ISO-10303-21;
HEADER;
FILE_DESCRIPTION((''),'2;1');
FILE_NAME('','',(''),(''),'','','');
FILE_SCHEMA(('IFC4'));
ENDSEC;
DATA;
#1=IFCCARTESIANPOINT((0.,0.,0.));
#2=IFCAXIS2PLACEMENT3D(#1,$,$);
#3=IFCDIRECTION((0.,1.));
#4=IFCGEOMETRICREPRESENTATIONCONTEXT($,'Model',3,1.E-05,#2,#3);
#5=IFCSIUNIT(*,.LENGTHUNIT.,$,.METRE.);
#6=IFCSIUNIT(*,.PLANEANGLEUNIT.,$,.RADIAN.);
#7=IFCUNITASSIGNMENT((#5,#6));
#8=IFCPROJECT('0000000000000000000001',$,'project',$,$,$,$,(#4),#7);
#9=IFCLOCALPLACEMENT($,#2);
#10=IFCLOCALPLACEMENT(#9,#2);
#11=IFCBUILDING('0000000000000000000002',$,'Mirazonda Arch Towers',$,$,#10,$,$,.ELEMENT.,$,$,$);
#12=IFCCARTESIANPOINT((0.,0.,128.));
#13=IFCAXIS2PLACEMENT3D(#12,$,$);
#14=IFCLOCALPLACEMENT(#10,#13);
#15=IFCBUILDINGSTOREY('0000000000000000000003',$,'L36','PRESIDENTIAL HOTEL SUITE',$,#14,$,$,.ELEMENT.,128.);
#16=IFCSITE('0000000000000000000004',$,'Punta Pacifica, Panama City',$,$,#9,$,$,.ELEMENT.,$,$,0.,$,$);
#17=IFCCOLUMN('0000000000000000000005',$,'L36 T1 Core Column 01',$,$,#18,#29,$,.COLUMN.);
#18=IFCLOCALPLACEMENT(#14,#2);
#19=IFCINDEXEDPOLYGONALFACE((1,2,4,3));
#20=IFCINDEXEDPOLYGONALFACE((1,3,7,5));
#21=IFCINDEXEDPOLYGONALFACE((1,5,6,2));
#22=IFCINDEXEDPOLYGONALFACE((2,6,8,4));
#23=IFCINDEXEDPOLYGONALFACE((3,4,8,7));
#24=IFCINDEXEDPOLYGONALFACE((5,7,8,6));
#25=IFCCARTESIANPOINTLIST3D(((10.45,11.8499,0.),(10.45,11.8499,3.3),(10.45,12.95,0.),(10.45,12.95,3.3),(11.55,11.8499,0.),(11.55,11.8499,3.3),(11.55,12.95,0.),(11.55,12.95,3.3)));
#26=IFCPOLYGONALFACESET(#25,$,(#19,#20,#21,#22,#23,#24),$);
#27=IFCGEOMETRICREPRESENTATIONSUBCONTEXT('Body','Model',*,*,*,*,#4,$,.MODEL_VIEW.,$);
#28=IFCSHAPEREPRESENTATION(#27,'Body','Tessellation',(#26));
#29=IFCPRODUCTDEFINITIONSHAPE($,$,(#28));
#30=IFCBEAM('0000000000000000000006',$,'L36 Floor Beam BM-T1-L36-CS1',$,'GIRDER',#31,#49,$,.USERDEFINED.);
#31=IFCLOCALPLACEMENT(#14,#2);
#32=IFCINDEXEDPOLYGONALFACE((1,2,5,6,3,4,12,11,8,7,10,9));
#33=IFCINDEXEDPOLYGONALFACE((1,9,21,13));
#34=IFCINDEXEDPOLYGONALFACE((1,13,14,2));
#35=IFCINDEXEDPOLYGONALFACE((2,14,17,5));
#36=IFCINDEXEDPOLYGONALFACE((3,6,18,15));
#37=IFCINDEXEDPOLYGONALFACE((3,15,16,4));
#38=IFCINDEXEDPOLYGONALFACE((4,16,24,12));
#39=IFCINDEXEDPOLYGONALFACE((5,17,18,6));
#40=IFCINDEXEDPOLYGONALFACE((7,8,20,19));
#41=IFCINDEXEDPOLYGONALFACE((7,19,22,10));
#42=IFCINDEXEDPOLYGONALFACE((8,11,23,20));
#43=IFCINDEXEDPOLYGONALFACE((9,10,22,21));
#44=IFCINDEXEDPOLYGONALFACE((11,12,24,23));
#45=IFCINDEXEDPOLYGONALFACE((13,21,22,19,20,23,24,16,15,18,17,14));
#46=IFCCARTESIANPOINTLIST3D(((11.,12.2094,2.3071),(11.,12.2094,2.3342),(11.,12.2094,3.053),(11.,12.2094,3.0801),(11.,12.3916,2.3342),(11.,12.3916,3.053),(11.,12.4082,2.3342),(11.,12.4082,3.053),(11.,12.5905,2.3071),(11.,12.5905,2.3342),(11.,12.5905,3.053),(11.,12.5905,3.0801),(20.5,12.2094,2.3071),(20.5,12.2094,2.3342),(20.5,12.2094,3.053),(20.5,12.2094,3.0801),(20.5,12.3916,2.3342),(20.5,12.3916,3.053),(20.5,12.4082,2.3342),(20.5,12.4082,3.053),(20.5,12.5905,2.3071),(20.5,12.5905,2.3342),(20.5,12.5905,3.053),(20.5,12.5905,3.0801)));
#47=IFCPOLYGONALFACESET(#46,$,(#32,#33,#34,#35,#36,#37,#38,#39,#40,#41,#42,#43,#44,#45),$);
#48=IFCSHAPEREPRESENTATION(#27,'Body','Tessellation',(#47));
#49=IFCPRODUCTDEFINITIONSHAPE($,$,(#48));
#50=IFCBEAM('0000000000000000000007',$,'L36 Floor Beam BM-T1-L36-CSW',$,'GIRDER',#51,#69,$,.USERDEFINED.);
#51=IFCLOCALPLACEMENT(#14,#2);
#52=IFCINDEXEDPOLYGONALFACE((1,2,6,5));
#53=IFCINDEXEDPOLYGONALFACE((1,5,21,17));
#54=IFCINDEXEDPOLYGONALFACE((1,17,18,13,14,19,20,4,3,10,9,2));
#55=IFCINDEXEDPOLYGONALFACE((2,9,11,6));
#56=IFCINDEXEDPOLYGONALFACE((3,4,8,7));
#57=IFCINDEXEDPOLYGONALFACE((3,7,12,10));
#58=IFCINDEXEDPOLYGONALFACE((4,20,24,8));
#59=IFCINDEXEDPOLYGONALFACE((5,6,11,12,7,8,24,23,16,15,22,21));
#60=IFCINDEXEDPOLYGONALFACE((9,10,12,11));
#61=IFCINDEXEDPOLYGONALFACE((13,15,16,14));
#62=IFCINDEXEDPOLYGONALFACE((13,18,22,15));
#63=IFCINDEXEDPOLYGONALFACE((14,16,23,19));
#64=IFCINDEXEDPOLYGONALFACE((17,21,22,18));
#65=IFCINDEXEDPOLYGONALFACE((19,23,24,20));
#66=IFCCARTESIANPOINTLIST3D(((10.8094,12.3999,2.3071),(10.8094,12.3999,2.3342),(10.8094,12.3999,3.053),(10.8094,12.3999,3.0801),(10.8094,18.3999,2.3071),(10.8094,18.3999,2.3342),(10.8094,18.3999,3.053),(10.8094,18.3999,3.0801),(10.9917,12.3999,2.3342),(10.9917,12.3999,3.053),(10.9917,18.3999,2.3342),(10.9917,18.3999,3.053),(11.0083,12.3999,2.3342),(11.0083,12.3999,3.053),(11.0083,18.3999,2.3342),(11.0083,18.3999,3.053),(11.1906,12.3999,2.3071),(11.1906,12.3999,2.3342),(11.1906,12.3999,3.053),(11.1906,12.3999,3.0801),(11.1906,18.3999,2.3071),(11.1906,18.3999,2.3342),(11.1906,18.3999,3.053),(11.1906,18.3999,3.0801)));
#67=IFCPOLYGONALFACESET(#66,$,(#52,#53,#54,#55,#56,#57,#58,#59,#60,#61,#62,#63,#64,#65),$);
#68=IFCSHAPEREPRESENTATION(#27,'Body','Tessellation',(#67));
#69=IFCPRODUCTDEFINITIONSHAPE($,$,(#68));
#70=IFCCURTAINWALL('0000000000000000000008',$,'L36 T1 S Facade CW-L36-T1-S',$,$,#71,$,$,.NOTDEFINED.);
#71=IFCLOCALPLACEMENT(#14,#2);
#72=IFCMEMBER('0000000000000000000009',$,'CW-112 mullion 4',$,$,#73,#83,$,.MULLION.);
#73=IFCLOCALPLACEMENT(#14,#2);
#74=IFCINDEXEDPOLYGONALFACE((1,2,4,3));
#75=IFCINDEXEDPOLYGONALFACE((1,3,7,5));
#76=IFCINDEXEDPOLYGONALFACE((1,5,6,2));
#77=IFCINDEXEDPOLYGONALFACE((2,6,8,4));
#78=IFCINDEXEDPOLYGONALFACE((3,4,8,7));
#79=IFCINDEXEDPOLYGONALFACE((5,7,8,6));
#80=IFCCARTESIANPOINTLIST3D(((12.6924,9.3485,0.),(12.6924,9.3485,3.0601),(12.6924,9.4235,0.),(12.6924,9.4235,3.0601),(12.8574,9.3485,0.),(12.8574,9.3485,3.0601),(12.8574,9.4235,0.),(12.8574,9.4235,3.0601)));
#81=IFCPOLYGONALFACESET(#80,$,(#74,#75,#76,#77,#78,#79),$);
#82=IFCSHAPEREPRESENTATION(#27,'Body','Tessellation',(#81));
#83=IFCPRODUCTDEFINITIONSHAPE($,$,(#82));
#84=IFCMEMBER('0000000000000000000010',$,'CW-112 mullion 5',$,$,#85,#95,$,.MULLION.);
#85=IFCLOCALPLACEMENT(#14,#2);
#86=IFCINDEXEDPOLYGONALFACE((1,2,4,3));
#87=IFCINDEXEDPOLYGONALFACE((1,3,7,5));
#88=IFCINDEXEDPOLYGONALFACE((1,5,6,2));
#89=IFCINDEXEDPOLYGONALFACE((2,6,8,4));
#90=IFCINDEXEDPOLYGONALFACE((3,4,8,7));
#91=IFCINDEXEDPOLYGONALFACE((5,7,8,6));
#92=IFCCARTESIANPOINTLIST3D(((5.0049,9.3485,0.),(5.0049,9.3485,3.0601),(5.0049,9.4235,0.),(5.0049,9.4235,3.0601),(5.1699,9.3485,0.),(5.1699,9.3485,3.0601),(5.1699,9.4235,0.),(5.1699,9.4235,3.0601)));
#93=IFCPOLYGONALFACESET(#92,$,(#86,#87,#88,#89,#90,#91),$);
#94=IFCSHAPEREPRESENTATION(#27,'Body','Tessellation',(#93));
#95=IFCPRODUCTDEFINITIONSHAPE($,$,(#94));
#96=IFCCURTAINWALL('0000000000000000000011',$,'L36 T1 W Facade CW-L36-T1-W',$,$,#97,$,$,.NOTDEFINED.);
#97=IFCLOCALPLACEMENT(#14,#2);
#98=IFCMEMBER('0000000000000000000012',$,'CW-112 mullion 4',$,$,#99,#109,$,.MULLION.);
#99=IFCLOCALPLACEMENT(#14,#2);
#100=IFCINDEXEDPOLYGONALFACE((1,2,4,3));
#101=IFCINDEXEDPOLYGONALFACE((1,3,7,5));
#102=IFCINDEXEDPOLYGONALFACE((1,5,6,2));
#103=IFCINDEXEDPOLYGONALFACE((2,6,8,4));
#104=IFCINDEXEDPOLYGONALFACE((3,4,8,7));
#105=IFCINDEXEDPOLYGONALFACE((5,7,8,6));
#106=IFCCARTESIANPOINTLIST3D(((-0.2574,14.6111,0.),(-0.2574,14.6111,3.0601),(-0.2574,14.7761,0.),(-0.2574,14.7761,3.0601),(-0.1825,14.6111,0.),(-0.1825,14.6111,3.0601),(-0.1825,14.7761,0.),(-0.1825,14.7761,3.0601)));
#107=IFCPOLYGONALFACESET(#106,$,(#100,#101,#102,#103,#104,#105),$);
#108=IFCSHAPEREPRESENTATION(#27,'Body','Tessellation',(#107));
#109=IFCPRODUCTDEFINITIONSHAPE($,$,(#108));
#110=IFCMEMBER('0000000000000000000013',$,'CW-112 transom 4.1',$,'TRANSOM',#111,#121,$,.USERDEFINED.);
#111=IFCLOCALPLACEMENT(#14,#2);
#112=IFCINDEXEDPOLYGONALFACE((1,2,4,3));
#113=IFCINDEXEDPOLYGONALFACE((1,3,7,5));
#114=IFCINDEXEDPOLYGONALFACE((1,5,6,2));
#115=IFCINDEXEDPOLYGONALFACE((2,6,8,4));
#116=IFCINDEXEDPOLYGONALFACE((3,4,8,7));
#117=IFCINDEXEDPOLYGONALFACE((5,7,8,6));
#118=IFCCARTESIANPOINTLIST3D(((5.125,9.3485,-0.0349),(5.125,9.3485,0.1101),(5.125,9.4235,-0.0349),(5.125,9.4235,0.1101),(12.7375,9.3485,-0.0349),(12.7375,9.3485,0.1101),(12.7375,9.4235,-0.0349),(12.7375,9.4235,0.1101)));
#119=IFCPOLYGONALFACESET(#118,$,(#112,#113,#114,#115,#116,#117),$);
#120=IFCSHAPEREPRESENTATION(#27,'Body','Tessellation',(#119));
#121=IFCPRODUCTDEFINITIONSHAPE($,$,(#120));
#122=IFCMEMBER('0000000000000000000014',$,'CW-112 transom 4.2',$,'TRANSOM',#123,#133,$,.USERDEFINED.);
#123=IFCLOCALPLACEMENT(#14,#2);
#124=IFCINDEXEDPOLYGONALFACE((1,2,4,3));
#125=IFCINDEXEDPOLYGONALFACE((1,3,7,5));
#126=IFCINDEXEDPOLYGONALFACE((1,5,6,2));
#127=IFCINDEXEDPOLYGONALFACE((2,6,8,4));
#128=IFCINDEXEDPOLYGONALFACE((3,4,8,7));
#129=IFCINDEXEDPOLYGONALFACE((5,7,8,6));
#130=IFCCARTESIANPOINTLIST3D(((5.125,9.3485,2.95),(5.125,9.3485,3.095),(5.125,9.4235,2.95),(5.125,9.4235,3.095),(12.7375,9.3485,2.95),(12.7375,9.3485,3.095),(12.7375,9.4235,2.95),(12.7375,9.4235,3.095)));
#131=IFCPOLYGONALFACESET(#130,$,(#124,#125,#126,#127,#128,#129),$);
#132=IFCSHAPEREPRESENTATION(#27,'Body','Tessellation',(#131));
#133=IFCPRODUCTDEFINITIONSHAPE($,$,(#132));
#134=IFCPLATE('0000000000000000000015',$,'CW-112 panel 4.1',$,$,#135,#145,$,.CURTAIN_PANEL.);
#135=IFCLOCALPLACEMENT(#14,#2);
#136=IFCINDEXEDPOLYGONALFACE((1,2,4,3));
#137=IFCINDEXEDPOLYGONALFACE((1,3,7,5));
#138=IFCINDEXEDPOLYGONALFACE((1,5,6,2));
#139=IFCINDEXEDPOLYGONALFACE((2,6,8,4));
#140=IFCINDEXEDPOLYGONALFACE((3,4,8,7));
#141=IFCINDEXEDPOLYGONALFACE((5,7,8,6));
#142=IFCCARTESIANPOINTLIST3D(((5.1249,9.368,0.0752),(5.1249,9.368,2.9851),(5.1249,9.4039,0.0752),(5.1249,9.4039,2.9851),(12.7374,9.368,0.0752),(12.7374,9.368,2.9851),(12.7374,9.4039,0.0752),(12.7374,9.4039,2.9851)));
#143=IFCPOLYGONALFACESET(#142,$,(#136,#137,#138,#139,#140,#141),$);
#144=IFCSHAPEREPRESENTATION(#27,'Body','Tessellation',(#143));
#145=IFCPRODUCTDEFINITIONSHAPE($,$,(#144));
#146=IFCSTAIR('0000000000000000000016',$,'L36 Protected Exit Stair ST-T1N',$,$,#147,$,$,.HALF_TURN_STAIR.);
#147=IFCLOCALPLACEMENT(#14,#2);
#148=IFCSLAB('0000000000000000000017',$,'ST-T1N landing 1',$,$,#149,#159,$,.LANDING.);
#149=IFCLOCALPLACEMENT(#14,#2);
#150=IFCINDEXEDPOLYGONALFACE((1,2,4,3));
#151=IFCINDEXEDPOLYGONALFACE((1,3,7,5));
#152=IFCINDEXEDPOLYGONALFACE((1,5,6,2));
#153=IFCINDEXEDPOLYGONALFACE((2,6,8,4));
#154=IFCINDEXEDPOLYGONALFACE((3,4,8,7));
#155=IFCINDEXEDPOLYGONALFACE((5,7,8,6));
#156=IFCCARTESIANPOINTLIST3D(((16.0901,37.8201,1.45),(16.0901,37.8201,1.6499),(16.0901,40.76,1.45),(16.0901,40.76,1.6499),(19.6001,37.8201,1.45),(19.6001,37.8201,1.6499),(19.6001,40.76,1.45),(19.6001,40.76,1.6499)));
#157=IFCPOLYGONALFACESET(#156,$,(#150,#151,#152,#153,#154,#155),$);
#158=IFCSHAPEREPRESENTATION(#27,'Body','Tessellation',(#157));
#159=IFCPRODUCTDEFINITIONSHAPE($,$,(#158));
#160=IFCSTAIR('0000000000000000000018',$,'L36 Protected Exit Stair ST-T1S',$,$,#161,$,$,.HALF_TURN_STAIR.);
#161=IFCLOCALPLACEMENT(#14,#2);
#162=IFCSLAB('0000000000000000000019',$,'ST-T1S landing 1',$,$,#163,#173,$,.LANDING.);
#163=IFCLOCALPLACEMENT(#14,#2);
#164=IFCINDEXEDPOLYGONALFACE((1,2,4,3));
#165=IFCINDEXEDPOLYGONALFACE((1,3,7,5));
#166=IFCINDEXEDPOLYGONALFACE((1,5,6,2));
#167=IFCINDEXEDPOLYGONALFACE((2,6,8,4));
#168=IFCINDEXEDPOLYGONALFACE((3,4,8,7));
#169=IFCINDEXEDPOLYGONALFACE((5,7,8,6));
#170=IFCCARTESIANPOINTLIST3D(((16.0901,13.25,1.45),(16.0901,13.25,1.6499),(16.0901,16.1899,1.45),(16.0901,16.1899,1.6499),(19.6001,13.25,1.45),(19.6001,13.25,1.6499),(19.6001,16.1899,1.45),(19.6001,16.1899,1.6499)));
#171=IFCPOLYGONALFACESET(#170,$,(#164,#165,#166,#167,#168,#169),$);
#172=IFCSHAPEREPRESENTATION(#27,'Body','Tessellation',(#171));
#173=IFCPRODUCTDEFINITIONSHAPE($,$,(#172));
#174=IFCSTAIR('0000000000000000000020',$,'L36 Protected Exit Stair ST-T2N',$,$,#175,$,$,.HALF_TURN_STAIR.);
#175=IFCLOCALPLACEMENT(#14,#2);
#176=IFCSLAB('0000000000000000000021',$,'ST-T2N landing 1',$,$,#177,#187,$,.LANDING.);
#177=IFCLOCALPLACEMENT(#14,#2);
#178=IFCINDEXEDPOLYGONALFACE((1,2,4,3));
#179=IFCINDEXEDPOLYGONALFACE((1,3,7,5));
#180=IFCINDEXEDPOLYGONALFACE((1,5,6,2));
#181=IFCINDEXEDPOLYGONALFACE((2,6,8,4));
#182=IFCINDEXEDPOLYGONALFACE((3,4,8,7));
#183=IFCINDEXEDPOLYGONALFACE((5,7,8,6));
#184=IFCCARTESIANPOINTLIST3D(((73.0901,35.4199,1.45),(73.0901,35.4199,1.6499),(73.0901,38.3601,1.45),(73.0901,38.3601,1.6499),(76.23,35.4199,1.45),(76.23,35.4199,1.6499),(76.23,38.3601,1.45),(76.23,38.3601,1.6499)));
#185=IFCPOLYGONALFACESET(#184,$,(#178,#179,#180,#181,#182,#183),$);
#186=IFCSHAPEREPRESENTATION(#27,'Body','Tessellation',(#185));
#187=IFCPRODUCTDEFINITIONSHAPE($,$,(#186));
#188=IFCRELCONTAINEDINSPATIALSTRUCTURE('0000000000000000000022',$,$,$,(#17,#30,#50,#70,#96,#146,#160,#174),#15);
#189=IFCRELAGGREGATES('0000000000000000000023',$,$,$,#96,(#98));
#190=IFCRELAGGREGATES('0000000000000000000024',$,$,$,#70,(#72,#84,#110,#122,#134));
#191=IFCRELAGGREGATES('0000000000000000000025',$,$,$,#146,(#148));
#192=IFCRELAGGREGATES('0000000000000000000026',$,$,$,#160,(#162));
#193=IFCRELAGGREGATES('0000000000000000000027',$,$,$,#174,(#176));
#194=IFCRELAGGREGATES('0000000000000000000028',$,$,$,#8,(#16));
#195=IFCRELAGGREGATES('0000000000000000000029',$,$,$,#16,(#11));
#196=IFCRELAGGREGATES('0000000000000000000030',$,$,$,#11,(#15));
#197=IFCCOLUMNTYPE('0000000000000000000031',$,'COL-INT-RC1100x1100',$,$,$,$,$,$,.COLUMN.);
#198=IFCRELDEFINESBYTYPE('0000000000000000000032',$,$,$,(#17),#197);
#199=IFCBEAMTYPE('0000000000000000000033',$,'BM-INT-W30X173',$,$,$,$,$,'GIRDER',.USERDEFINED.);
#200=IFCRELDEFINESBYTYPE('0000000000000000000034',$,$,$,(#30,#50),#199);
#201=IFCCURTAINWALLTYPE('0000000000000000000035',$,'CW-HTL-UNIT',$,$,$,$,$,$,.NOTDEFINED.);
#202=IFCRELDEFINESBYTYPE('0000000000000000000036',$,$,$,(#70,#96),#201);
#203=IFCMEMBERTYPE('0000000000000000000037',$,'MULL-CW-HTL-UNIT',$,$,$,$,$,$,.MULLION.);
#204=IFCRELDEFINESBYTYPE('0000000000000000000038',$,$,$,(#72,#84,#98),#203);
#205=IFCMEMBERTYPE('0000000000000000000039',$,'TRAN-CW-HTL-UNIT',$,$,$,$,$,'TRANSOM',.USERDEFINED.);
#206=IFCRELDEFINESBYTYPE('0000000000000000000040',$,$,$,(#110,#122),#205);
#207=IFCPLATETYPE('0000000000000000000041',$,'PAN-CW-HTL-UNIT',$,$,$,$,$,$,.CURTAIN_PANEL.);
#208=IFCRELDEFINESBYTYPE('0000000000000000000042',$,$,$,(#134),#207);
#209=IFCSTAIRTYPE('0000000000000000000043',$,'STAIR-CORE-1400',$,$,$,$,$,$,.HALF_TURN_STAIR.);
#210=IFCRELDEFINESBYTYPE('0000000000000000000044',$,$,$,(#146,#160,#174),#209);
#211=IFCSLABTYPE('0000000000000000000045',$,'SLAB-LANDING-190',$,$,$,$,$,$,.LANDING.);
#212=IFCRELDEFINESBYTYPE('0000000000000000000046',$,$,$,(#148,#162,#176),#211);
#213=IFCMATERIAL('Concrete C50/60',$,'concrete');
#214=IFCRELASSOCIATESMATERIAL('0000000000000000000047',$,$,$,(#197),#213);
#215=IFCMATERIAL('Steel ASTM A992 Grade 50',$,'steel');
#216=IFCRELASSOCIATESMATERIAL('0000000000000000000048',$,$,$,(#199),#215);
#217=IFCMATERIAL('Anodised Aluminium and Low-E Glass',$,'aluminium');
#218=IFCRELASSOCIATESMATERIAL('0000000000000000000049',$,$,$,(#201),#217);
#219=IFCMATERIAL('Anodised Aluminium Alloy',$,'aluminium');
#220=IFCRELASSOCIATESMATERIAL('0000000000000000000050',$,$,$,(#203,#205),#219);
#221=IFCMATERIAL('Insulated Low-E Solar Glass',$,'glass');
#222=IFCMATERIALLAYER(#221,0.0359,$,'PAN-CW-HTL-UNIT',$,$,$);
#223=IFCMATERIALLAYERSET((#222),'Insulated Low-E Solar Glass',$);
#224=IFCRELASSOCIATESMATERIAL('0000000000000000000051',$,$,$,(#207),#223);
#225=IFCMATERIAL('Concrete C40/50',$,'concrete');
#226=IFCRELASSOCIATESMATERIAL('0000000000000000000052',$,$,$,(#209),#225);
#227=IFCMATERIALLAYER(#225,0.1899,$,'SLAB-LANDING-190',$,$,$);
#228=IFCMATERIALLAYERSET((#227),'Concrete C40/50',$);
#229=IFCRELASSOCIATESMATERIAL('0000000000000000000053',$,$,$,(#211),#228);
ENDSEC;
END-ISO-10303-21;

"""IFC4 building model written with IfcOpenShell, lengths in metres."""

from ifc_helpers import new_model, si_unit, direction, frame, origin, origin_2d, place, context, subcontext, project, spatial, polyline, rectangle, i_section, outline, extrude, material, layer, layer_set, material_profile, profile_set, type_object, element, aggregate, save


model = new_model("IFC4")

# Units and contexts
model_context = context("Model", 3, precision=1e-05, world=origin(), true_north=direction((0.0, 1.0)))
body_context = subcontext(model_context, "Body", "Model", "MODEL_VIEW")
ifc_project = project(units=[si_unit("LENGTHUNIT", "METRE"), si_unit("PLANEANGLEUNIT", "RADIAN")], contexts=[model_context])

# Site, building, storey
site_placement = place(None, origin())
site = spatial("IfcSite", under=ifc_project, at=site_placement, Name="Punta Pacifica, Panama City", CompositionType="ELEMENT", RefElevation=0.0)
building_placement = place(site_placement, origin())
building = spatial("IfcBuilding", under=site, at=building_placement, Name="Mirazonda Arch Towers", CompositionType="ELEMENT")
storey_placement = place(building_placement, frame((0.0, 0.0, 128.0)))
storey = spatial("IfcBuildingStorey", under=building, at=storey_placement, Name="L36", Description="PRESIDENTIAL HOTEL SUITE", CompositionType="ELEMENT", Elevation=128.0)

# Column
ifc_material_1 = material(Name="Concrete C50/60", Category="concrete")
ifc_material_profile_1 = material_profile(ifc_material_1, rectangle(XDim=1.1001, YDim=1.1001, at=origin_2d()), Name="RC1100x1100")
ifc_profile_set_1 = profile_set([ifc_material_profile_1], Name="Concrete C50/60")
column_type = type_object("IfcColumnType", Name="COL-INT-RC1100x1100", PredefinedType="COLUMN", material=ifc_profile_set_1)
column_placement = place(storey_placement, frame((11.0, 12.3999, 0.0), z_axis=(0.0, 0.0, 1.0), x_axis=(1.0, 0.0, 0.0)))
element("IfcColumn", 1, at=column_placement, inside=storey, type_object=column_type, Name="L36 T1 Core Column 01", PredefinedType="COLUMN", context=body_context, shape_type="SweptSolid", body=[
    extrude(rectangle(XDim=1.1001, YDim=1.1001, at=origin_2d()), origin(), (0.0, 0.0, 1.0), 3.3),
])

# Beams
ifc_material_2 = material(Name="Steel ASTM A992 Grade 50", Category="steel")
ifc_material_profile_2 = material_profile(ifc_material_2, i_section(OverallWidth=0.3811, OverallDepth=0.7729, WebThickness=0.0166, FlangeThickness=0.0271, at=origin_2d()), Name="W30X173")
ifc_profile_set_2 = profile_set([ifc_material_profile_2], Name="Steel ASTM A992 Grade 50")
beam_type = type_object("IfcBeamType", Name="BM-INT-W30X173", ElementType="GIRDER", PredefinedType="USERDEFINED", material=ifc_profile_set_2)
beam_1_placement = place(storey_placement, frame((11.0, 12.3999, 2.6936), z_axis=(1.0, 0.0, 0.0), x_axis=(0.0, 1.0, 0.0)))
element("IfcBeam", 2, at=beam_1_placement, inside=storey, type_object=beam_type, Name="L36 Floor Beam BM-T1-L36-CS1", ObjectType="GIRDER", PredefinedType="USERDEFINED", context=body_context, shape_type="SweptSolid", body=[
    extrude(i_section(OverallWidth=0.3811, OverallDepth=0.7729, WebThickness=0.0166, FlangeThickness=0.0271, at=origin_2d()), origin(), (0.0, 0.0, 1.0), 9.5),
])
beam_2_placement = place(storey_placement, frame((11.0, 12.3999, 2.6936), z_axis=(0.0, 1.0, 0.0), x_axis=(-1.0, 0.0, 0.0)))
element("IfcBeam", 3, at=beam_2_placement, inside=storey, type_object=beam_type, Name="L36 Floor Beam BM-T1-L36-CSW", ObjectType="GIRDER", PredefinedType="USERDEFINED", context=body_context, shape_type="SweptSolid", body=[
    extrude(i_section(OverallWidth=0.3811, OverallDepth=0.7729, WebThickness=0.0166, FlangeThickness=0.0271, at=origin_2d()), origin(), (0.0, 0.0, 1.0), 6.0),
])

# Curtain wall, members
ifc_material_3 = material(Name="Anodised Aluminium and Low-E Glass", Category="aluminium")
curtain_wall_type = type_object("IfcCurtainWallType", Name="CW-HTL-UNIT", PredefinedType="NOTDEFINED", material=ifc_material_3)
curtain_wall_1_placement = place(storey_placement, origin())
curtain_wall_1 = element("IfcCurtainWall", 4, at=curtain_wall_1_placement, inside=storey, type_object=curtain_wall_type, Name="L36 T1 S Facade CW-L36-T1-S", PredefinedType="NOTDEFINED")
ifc_material_4 = material(Name="Anodised Aluminium Alloy", Category="aluminium")
ifc_material_profile_3 = material_profile(ifc_material_4, rectangle(XDim=0.075, YDim=0.165, at=origin_2d()), Name="ALU-MULL-75x165")
ifc_profile_set_3 = profile_set([ifc_material_profile_3], Name="Anodised Aluminium Alloy")
member_type_1 = type_object("IfcMemberType", Name="MULL-CW-HTL-UNIT", PredefinedType="MULLION", material=ifc_profile_set_3)
member_1_placement = place(storey_placement, frame((12.7749, 9.386, 0.0), z_axis=(0.0, 0.0, 1.0), x_axis=(0.0, -1.0, 0.0)))
member_1 = element("IfcMember", 5, at=member_1_placement, type_object=member_type_1, Name="CW-112 mullion 4", PredefinedType="MULLION", context=body_context, shape_type="SweptSolid", body=[
    extrude(rectangle(XDim=0.075, YDim=0.165, at=origin_2d()), origin(), (0.0, 0.0, 1.0), 3.0601),
])
member_2_placement = place(storey_placement, frame((5.0874, 9.386, 0.0), z_axis=(0.0, 0.0, 1.0), x_axis=(0.0, -1.0, 0.0)))
member_2 = element("IfcMember", 6, at=member_2_placement, type_object=member_type_1, Name="CW-112 mullion 5", PredefinedType="MULLION", context=body_context, shape_type="SweptSolid", body=[
    extrude(rectangle(XDim=0.075, YDim=0.165, at=origin_2d()), origin(), (0.0, 0.0, 1.0), 3.0601),
])

# Curtain wall, member
curtain_wall_2_placement = place(storey_placement, origin())
curtain_wall_2 = element("IfcCurtainWall", 7, at=curtain_wall_2_placement, inside=storey, type_object=curtain_wall_type, Name="L36 T1 W Facade CW-L36-T1-W", PredefinedType="NOTDEFINED")
member_3_placement = place(storey_placement, frame((-0.22, 14.6936, 0.0), z_axis=(0.0, 0.0, 1.0), x_axis=(1.0, 0.0, 0.0)))
member_3 = element("IfcMember", 8, at=member_3_placement, type_object=member_type_1, Name="CW-112 mullion 4", PredefinedType="MULLION", context=body_context, shape_type="SweptSolid", body=[
    extrude(rectangle(XDim=0.075, YDim=0.165, at=origin_2d()), origin(), (0.0, 0.0, 1.0), 3.0601),
])
aggregate(curtain_wall_2, [member_3])

# Members
ifc_material_profile_4 = material_profile(ifc_material_4, rectangle(XDim=0.075, YDim=0.145, at=origin_2d()), Name="ALU-TRAN-75x145")
ifc_profile_set_4 = profile_set([ifc_material_profile_4], Name="Anodised Aluminium Alloy")
member_type_2 = type_object("IfcMemberType", Name="TRAN-CW-HTL-UNIT", ElementType="TRANSOM", PredefinedType="USERDEFINED", material=ifc_profile_set_4)
member_4_placement = place(storey_placement, frame((12.7375, 9.386, 0.0376), z_axis=(-1.0, 0.0, 0.0), x_axis=(0.0, -1.0, 0.0)))
member_4 = element("IfcMember", 9, at=member_4_placement, type_object=member_type_2, Name="CW-112 transom 4.1", ObjectType="TRANSOM", PredefinedType="USERDEFINED", context=body_context, shape_type="SweptSolid", body=[
    extrude(rectangle(XDim=0.075, YDim=0.145, at=origin_2d()), origin(), (0.0, 0.0, 1.0), 7.6125),
])
member_5_placement = place(storey_placement, frame((12.7375, 9.386, 3.0225), z_axis=(-1.0, 0.0, 0.0), x_axis=(0.0, -1.0, 0.0)))
member_5 = element("IfcMember", 10, at=member_5_placement, type_object=member_type_2, Name="CW-112 transom 4.2", ObjectType="TRANSOM", PredefinedType="USERDEFINED", context=body_context, shape_type="SweptSolid", body=[
    extrude(rectangle(XDim=0.075, YDim=0.145, at=origin_2d()), origin(), (0.0, 0.0, 1.0), 7.6125),
])

# Plate
ifc_material_5 = material(Name="Insulated Low-E Solar Glass", Category="glass")
ifc_layer_1 = layer(ifc_material_5, 0.0359, Name="PAN-CW-HTL-UNIT")
ifc_layer_set_1 = layer_set([ifc_layer_1], Name="Insulated Low-E Solar Glass")
plate_type = type_object("IfcPlateType", Name="PAN-CW-HTL-UNIT", PredefinedType="CURTAIN_PANEL", material=ifc_layer_set_1)
plate_placement = place(storey_placement, frame((8.9312, 9.386, 0.0752), z_axis=(0.0, 0.0, 1.0), x_axis=(-1.0, 0.0, 0.0)))
plate = element("IfcPlate", 11, at=plate_placement, type_object=plate_type, Name="CW-112 panel 4.1", PredefinedType="CURTAIN_PANEL", context=body_context, shape_type="SweptSolid", body=[
    extrude(rectangle(XDim=7.6125, YDim=0.0359, at=origin_2d()), origin(), (0.0, 0.0, 1.0), 2.9099),
])
aggregate(curtain_wall_1, [member_1, member_2, member_4, member_5, plate])

# Stairs, slabs
ifc_material_6 = material(Name="Concrete C40/50", Category="concrete")
stair_type = type_object("IfcStairType", Name="STAIR-CORE-1400", PredefinedType="HALF_TURN_STAIR", material=ifc_material_6)
stair_1_placement = place(storey_placement, origin())
stair_1 = element("IfcStair", 12, at=stair_1_placement, inside=storey, type_object=stair_type, Name="L36 Protected Exit Stair ST-T1N", PredefinedType="HALF_TURN_STAIR")
ifc_layer_2 = layer(ifc_material_6, 0.1899, Name="SLAB-LANDING-190")
ifc_layer_set_2 = layer_set([ifc_layer_2], Name="Concrete C40/50")
slab_type_1 = type_object("IfcSlabType", Name="SLAB-LANDING-190", PredefinedType="LANDING", material=ifc_layer_set_2)
slab_1_placement = place(storey_placement, frame((0.0, 0.0, 1.45)))
slab_1 = element("IfcSlab", 13, at=slab_1_placement, type_object=slab_type_1, Name="ST-T1N landing 1", PredefinedType="LANDING", context=body_context, shape_type="SweptSolid", body=[
    extrude(outline(polyline([(16.0901, 37.8201), (19.6001, 37.8201), (19.6001, 40.76), (16.0901, 40.76), (16.0901, 37.8201)])), origin(), (0.0, 0.0, 1.0), 0.2),
])
aggregate(stair_1, [slab_1])
stair_2_placement = place(storey_placement, origin())
stair_2 = element("IfcStair", 14, at=stair_2_placement, inside=storey, type_object=stair_type, Name="L36 Protected Exit Stair ST-T1S", PredefinedType="HALF_TURN_STAIR")
slab_2_placement = place(storey_placement, frame((0.0, 0.0, 1.45)))
slab_2 = element("IfcSlab", 15, at=slab_2_placement, type_object=slab_type_1, Name="ST-T1S landing 1", PredefinedType="LANDING", context=body_context, shape_type="SweptSolid", body=[
    extrude(outline(polyline([(16.0901, 13.25), (19.6001, 13.25), (19.6001, 16.1899), (16.0901, 16.1899), (16.0901, 13.25)])), origin(), (0.0, 0.0, 1.0), 0.2),
])
aggregate(stair_2, [slab_2])
stair_3_placement = place(storey_placement, origin())
stair_3 = element("IfcStair", 16, at=stair_3_placement, inside=storey, type_object=stair_type, Name="L36 Protected Exit Stair ST-T2N", PredefinedType="HALF_TURN_STAIR")
slab_3_placement = place(storey_placement, frame((0.0, 0.0, 1.45)))
slab_3 = element("IfcSlab", 17, at=slab_3_placement, type_object=slab_type_1, Name="ST-T2N landing 1", PredefinedType="LANDING", context=body_context, shape_type="SweptSolid", body=[
    extrude(outline(polyline([(73.0901, 35.4199), (76.23, 35.4199), (76.23, 38.3601), (73.0901, 38.3601), (73.0901, 35.4199)])), origin(), (0.0, 0.0, 1.0), 0.2),
])
aggregate(stair_3, [slab_3])

save(model, "model.ifc")
